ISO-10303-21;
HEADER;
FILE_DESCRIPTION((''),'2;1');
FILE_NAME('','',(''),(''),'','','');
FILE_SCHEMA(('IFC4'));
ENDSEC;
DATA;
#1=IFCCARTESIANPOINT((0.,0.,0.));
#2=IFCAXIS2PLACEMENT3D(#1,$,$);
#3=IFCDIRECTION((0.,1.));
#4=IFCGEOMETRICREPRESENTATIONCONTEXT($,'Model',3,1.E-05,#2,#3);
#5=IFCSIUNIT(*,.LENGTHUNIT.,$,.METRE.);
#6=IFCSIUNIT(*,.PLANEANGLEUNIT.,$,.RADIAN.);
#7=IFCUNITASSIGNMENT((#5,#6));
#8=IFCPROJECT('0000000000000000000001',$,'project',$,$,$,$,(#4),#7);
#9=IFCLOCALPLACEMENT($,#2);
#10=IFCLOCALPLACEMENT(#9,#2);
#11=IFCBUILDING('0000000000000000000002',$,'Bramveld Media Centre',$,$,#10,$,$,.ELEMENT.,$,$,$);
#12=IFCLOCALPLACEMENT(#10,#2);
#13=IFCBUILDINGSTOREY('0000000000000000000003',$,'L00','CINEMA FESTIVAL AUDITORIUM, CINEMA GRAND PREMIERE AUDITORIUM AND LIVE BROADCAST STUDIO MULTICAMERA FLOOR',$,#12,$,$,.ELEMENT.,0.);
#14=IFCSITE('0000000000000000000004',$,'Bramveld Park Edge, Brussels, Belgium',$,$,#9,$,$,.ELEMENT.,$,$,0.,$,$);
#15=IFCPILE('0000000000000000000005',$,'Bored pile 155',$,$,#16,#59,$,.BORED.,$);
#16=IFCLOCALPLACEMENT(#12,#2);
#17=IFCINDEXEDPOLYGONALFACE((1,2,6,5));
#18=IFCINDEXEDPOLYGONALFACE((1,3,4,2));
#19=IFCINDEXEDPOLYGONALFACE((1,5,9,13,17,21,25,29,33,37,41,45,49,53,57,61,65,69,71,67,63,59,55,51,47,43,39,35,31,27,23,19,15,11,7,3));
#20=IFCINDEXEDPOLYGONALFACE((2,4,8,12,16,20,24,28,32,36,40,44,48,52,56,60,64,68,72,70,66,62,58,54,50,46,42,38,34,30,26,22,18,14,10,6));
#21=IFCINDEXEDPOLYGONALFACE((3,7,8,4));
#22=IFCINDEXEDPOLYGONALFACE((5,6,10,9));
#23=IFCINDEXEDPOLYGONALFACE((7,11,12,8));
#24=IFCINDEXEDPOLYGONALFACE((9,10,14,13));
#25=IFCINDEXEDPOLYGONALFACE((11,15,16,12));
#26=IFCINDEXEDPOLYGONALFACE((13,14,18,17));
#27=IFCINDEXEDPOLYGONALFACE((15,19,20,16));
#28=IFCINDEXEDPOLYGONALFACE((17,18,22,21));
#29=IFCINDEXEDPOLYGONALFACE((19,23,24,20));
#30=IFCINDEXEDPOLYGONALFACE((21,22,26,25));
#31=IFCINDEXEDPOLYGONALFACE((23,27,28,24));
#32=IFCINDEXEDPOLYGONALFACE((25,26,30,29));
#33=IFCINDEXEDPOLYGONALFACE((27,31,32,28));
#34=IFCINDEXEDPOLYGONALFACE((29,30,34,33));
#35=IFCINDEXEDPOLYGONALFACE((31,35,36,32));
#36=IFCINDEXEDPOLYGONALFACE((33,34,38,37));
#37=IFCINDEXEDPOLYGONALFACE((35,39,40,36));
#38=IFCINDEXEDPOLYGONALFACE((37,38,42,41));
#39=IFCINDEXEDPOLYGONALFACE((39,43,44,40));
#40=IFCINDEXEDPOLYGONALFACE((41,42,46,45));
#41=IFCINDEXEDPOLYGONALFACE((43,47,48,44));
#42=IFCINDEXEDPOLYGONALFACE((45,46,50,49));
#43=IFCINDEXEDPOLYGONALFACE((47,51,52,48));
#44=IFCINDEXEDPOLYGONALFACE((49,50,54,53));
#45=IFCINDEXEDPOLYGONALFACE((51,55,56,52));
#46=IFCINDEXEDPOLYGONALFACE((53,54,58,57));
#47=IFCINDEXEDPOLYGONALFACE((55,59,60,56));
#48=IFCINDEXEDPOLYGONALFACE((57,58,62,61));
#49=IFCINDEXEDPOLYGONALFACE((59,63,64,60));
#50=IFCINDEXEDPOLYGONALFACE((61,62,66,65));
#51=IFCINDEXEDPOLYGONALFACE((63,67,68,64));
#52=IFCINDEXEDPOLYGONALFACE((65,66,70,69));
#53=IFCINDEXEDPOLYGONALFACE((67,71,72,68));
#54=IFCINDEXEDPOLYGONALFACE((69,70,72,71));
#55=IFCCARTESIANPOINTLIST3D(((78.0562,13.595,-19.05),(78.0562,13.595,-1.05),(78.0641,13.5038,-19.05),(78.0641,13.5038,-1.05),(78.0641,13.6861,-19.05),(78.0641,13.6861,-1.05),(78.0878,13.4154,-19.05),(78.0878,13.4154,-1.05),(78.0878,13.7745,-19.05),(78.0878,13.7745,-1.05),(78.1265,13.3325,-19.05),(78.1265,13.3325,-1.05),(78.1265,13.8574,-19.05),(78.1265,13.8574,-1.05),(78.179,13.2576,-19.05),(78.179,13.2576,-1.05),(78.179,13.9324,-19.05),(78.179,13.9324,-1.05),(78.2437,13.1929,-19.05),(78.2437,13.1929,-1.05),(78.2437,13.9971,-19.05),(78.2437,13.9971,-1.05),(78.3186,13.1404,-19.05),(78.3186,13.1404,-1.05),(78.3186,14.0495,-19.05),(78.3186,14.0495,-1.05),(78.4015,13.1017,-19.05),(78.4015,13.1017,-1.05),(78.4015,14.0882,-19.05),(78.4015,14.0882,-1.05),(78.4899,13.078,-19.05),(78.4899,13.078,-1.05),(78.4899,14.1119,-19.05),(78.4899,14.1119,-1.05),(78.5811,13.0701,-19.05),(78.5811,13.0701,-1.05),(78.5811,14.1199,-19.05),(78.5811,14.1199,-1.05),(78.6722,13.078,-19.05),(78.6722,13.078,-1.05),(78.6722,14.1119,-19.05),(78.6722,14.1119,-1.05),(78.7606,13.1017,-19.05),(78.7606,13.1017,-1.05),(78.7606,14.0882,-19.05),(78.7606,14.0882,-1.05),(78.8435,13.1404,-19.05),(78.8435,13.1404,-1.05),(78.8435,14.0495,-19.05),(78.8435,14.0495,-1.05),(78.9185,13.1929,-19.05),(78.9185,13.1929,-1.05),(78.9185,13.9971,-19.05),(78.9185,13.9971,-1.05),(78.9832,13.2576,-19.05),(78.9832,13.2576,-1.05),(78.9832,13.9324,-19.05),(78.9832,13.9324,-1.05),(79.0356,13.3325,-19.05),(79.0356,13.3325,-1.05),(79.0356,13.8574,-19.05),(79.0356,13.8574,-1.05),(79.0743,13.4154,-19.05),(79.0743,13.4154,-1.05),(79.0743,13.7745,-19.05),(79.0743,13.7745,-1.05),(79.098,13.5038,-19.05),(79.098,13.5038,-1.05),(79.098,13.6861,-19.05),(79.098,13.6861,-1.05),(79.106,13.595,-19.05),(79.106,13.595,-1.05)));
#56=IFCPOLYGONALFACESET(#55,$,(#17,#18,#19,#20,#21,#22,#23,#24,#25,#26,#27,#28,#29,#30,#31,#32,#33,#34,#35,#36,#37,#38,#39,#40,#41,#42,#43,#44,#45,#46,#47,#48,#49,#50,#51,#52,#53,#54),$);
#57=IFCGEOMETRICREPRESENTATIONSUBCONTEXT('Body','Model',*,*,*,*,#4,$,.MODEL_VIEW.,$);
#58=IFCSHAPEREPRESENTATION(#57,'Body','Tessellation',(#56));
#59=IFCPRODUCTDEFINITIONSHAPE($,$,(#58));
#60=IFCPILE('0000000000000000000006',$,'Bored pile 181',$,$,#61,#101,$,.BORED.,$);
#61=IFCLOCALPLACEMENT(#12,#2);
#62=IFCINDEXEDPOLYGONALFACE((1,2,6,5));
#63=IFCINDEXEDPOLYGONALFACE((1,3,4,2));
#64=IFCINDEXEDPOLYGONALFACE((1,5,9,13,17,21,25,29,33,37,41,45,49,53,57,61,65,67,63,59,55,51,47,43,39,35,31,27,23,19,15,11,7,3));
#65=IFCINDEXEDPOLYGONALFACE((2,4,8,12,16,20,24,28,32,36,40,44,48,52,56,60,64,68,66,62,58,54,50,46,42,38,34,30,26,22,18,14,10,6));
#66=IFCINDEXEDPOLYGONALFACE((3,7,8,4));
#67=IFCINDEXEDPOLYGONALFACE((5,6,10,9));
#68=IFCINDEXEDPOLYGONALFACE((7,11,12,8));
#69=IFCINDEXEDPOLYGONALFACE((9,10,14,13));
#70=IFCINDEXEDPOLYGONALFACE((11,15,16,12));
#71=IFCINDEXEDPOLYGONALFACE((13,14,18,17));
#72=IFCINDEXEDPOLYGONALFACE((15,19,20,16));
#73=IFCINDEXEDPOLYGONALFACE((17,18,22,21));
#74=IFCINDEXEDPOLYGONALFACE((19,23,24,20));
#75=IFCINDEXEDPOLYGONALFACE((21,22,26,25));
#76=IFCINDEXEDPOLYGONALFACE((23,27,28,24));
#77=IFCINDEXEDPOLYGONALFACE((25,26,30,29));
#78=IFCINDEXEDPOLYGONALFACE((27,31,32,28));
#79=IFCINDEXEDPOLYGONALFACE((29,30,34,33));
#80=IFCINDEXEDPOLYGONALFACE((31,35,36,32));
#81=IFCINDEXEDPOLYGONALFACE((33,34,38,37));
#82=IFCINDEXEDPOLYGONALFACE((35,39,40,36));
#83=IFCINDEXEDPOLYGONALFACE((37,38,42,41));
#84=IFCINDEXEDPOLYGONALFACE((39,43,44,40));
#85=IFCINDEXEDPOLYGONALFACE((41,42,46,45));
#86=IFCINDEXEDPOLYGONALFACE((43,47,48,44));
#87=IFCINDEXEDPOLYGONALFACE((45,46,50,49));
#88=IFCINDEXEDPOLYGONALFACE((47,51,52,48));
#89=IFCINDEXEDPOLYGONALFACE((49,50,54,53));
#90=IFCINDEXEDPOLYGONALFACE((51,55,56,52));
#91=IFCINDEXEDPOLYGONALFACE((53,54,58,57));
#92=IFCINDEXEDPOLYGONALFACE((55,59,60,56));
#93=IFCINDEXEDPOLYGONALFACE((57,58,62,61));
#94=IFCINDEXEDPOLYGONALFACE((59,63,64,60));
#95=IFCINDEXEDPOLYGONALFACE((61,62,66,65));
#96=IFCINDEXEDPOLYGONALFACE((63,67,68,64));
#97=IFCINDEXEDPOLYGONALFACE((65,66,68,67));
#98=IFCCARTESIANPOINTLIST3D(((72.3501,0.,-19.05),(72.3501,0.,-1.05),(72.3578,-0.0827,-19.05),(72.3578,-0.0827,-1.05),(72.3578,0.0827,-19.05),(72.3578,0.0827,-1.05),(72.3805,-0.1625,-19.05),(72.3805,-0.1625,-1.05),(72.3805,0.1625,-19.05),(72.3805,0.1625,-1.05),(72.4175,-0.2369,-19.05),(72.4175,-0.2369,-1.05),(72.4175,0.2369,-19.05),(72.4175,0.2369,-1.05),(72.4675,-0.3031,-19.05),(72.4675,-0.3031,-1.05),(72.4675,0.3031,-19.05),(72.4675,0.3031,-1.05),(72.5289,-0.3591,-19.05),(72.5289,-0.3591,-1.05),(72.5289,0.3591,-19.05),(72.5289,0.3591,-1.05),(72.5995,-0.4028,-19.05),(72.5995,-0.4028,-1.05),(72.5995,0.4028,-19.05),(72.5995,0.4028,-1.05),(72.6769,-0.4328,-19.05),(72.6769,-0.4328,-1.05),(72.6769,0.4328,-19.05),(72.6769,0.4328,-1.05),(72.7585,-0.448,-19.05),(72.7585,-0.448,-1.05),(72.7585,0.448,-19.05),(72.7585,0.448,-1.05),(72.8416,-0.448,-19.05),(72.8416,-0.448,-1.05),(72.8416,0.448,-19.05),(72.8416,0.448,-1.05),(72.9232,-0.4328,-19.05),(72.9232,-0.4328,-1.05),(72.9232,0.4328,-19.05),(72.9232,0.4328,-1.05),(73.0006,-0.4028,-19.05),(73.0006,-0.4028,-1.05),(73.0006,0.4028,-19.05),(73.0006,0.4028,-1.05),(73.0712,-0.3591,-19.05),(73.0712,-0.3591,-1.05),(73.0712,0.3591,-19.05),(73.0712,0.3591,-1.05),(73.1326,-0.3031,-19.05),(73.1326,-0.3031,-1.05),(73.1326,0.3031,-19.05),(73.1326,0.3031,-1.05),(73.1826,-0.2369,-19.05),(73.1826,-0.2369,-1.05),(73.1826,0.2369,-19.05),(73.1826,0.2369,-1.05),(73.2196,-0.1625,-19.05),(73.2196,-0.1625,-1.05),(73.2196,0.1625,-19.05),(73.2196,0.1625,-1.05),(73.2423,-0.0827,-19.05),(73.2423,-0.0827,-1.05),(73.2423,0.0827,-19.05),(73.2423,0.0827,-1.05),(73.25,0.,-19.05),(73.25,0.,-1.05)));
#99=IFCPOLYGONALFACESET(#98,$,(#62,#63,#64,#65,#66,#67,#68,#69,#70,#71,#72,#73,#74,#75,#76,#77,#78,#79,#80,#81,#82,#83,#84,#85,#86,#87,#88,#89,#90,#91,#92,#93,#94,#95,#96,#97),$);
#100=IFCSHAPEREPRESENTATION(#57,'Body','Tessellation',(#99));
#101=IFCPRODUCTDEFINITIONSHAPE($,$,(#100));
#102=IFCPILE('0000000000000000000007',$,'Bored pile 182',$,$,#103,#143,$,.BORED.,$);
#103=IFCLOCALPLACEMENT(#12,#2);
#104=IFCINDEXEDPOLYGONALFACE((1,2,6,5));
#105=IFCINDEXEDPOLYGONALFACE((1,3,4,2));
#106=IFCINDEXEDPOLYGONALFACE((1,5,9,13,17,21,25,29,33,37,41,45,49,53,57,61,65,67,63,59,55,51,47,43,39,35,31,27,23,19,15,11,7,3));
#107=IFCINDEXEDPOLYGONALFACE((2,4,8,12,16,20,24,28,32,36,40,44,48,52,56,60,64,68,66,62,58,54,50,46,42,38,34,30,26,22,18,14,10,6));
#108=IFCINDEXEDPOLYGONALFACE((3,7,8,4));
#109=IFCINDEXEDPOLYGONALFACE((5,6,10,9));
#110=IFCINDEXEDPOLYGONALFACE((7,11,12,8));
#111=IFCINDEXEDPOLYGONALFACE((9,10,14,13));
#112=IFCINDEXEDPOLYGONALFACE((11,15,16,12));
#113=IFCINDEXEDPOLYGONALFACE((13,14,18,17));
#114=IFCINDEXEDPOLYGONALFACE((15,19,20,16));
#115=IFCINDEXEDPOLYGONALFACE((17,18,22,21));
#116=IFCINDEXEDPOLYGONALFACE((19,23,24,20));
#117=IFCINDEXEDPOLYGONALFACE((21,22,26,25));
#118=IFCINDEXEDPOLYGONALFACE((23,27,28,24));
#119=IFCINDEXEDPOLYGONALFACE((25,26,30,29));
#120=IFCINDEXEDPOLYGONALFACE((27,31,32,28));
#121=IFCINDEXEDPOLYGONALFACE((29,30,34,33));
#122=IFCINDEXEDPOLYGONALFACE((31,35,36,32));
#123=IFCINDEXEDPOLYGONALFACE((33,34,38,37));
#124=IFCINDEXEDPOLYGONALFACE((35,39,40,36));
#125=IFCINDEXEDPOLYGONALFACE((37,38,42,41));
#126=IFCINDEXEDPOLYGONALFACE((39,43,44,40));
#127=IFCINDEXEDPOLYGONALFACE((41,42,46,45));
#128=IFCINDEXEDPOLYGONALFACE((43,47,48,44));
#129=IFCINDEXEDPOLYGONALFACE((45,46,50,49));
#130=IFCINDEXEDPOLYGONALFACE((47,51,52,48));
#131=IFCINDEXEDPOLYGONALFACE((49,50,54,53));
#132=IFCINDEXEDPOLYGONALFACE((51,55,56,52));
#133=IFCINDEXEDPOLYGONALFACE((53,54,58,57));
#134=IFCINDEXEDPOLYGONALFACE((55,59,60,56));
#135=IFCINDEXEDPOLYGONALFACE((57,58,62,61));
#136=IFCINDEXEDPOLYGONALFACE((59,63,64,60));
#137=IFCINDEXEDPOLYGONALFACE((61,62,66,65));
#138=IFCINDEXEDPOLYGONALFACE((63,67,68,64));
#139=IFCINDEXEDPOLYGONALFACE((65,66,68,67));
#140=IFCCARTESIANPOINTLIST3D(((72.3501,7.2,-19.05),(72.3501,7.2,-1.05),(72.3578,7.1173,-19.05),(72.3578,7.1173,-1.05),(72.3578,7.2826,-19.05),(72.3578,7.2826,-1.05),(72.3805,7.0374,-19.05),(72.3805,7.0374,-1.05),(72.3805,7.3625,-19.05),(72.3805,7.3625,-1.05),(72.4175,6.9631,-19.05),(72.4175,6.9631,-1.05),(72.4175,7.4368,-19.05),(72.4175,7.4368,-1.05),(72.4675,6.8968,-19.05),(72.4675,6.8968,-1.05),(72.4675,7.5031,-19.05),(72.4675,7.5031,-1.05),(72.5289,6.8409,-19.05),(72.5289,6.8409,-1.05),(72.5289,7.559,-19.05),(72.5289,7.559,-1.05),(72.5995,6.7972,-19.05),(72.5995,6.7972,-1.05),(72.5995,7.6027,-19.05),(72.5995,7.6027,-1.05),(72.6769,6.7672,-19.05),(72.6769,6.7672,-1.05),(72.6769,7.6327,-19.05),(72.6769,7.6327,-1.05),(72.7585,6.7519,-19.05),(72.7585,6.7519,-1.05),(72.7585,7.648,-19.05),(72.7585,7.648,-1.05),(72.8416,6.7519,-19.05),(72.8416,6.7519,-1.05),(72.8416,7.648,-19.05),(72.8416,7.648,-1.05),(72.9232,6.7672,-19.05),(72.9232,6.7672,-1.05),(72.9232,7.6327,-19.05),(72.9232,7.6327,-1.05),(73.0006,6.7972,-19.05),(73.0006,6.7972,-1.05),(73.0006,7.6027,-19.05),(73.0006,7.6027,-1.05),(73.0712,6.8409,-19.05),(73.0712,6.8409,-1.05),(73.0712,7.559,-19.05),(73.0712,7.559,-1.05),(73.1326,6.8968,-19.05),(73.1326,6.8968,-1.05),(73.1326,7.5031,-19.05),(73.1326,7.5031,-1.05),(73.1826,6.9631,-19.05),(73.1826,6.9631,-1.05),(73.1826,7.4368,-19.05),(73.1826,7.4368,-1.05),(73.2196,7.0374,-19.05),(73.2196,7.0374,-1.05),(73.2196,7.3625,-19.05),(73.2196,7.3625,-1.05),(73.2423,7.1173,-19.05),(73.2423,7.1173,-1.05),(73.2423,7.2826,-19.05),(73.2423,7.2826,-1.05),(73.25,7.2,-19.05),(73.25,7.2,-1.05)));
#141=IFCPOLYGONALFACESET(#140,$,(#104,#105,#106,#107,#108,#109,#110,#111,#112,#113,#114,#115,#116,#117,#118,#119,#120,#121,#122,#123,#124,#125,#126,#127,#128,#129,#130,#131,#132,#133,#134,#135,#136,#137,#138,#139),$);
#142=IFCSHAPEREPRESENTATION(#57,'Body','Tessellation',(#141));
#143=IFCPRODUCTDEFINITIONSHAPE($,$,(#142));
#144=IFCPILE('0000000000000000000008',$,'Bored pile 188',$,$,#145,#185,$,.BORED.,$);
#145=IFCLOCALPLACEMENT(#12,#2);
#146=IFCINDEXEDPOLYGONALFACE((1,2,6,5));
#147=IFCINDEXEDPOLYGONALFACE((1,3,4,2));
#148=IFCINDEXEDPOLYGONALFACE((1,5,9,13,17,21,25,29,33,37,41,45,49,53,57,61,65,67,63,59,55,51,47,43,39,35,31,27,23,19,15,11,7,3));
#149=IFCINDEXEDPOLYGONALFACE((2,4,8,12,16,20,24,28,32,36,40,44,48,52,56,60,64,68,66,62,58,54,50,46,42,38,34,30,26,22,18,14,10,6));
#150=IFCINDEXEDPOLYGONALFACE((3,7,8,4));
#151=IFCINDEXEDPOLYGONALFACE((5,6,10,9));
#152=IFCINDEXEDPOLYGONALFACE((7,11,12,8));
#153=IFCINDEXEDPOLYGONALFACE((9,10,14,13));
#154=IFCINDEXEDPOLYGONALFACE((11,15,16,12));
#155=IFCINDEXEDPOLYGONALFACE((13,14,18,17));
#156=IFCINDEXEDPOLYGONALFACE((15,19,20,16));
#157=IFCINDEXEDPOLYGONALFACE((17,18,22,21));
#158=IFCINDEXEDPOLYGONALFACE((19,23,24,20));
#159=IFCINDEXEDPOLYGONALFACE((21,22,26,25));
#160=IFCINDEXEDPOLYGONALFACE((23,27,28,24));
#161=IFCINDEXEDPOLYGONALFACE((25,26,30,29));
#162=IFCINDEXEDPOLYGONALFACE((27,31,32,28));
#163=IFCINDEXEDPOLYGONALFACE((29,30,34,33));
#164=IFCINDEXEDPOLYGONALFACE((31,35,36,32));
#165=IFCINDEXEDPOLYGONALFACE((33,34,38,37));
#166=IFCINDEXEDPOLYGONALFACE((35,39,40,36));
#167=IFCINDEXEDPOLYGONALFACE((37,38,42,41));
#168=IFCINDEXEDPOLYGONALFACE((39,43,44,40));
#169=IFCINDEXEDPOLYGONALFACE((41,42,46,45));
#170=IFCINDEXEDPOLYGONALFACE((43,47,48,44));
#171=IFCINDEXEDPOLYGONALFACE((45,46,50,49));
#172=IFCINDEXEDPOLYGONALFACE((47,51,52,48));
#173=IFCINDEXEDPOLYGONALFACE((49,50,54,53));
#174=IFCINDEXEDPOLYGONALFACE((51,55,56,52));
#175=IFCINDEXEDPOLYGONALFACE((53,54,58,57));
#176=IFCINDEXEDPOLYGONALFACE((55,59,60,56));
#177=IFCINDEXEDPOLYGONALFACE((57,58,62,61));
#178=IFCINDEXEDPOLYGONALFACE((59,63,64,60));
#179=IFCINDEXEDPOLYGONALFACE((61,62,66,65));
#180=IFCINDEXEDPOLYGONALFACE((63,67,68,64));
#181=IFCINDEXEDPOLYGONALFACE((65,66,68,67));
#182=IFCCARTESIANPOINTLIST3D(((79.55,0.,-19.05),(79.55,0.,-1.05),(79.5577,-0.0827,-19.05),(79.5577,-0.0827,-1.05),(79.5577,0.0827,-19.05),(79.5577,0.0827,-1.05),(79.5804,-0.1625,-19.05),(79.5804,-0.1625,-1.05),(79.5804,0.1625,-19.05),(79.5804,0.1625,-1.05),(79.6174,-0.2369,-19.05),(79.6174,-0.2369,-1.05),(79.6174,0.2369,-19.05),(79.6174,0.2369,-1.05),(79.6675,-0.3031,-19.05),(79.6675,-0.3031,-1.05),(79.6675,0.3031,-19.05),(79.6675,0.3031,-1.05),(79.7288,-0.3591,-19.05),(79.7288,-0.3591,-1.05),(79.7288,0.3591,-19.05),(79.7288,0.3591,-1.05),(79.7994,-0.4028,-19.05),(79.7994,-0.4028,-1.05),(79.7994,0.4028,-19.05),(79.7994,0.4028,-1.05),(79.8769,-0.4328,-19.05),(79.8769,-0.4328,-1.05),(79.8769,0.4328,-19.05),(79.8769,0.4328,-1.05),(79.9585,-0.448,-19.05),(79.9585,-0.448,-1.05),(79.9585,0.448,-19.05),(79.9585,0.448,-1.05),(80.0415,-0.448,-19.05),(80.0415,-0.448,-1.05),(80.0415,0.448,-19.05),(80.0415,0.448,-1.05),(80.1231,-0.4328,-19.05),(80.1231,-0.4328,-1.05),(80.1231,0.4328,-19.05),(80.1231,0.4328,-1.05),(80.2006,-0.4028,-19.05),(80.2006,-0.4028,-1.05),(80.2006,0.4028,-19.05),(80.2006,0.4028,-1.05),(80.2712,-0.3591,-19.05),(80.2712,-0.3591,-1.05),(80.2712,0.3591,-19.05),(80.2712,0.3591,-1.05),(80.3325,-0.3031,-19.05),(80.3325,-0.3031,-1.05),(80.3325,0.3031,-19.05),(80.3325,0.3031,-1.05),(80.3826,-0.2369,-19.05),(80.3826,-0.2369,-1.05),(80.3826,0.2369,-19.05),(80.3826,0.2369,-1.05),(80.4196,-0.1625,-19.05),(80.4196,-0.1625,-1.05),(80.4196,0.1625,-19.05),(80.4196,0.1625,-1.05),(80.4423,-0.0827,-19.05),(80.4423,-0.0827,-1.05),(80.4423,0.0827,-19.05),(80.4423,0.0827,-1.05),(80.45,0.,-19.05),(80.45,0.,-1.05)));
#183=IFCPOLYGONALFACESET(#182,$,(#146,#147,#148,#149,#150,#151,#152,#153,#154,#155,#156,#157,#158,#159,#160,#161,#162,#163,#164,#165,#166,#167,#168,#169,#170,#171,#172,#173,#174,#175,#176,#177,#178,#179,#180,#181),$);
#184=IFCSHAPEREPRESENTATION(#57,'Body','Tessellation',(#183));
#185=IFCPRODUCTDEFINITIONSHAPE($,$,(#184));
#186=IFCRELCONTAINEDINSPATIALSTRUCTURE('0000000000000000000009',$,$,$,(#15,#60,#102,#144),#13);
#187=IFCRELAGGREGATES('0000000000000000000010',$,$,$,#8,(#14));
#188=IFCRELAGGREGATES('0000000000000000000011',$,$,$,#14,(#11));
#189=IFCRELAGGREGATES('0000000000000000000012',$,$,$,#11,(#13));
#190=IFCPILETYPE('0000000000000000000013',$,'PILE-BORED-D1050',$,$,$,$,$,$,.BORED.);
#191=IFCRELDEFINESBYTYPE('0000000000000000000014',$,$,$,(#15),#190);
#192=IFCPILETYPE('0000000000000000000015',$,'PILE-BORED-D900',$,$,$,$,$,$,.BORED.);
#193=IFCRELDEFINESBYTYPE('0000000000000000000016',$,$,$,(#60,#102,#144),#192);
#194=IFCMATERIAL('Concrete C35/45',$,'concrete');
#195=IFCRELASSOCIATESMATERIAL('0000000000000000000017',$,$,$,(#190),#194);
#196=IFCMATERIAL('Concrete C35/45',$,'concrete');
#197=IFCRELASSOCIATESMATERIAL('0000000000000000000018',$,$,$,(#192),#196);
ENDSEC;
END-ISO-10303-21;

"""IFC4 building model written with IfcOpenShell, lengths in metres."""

from ifc_helpers import new_model, si_unit, direction, frame, origin, origin_2d, place, context, subcontext, project, spatial, circle, extrude, material, material_profile, profile_set, type_object, element, save


model = new_model("IFC4")

# Units and contexts
model_context = context("Model", 3, precision=1e-05, world=origin(), true_north=direction((0.0, 1.0)))
body_context = subcontext(model_context, "Body", "Model", "MODEL_VIEW")
ifc_project = project(units=[si_unit("LENGTHUNIT", "METRE"), si_unit("PLANEANGLEUNIT", "RADIAN")], contexts=[model_context])

# Site, building, storey
site_placement = place(None, origin())
site = spatial("IfcSite", under=ifc_project, at=site_placement, Name="Bramveld Park Edge, Brussels, Belgium", CompositionType="ELEMENT", RefElevation=0.0)
building_placement = place(site_placement, origin())
building = spatial("IfcBuilding", under=site, at=building_placement, Name="Bramveld Media Centre", CompositionType="ELEMENT")
storey_placement = place(building_placement, origin())
storey = spatial("IfcBuildingStorey", under=building, at=storey_placement, Name="L00", Description="CINEMA FESTIVAL AUDITORIUM, CINEMA GRAND PREMIERE AUDITORIUM AND LIVE BROADCAST STUDIO MULTICAMERA FLOOR", CompositionType="ELEMENT", Elevation=0.0)

# Piles
ifc_material_1 = material(Name="Concrete C35/45", Category="concrete")
ifc_material_profile_1 = material_profile(ifc_material_1, circle(Radius=0.5249, at=origin_2d()), Name="BORED D1050")
ifc_profile_set_1 = profile_set([ifc_material_profile_1], Name="Concrete C35/45")
pile_type_1 = type_object("IfcPileType", Name="PILE-BORED-D1050", PredefinedType="BORED", material=ifc_profile_set_1)
for number, where, z_axis, x_axis, name in (
    (1, (78.5811, 13.595, -1.05), (0.0, 0.0, -1.0), (1.0, 0.0, 0.0), "Bored pile 155"),
):
    element("IfcPile", number, at=place(storey_placement, frame(where, z_axis=z_axis, x_axis=x_axis)), inside=storey, type_object=pile_type_1, Name=name, PredefinedType="BORED", context=body_context, shape_type="SweptSolid", body=[
        extrude(circle(Radius=0.5249, at=origin_2d()), origin(), (0.0, 0.0, 1.0), 18.0),
    ])
ifc_material_2 = material(Name="Concrete C35/45", Category="concrete")
ifc_material_profile_2 = material_profile(ifc_material_2, circle(Radius=0.45, at=origin_2d()), Name="BORED D900")
ifc_profile_set_2 = profile_set([ifc_material_profile_2], Name="Concrete C35/45")
pile_type_2 = type_object("IfcPileType", Name="PILE-BORED-D900", PredefinedType="BORED", material=ifc_profile_set_2)
for number, where, z_axis, x_axis, name in (
    (2, (72.8, 0.0, -1.05), (0.0, 0.0, -1.0), (1.0, 0.0, 0.0), "Bored pile 181"),
    (3, (72.8, 7.2, -1.05), (0.0, 0.0, -1.0), (1.0, 0.0, 0.0), "Bored pile 182"),
    (4, (80.0, 0.0, -1.05), (0.0, 0.0, -1.0), (1.0, 0.0, 0.0), "Bored pile 188"),
):
    element("IfcPile", number, at=place(storey_placement, frame(where, z_axis=z_axis, x_axis=x_axis)), inside=storey, type_object=pile_type_2, Name=name, PredefinedType="BORED", context=body_context, shape_type="SweptSolid", body=[
        extrude(circle(Radius=0.45, at=origin_2d()), origin(), (0.0, 0.0, 1.0), 18.0),
    ])

save(model, "model.ifc")
